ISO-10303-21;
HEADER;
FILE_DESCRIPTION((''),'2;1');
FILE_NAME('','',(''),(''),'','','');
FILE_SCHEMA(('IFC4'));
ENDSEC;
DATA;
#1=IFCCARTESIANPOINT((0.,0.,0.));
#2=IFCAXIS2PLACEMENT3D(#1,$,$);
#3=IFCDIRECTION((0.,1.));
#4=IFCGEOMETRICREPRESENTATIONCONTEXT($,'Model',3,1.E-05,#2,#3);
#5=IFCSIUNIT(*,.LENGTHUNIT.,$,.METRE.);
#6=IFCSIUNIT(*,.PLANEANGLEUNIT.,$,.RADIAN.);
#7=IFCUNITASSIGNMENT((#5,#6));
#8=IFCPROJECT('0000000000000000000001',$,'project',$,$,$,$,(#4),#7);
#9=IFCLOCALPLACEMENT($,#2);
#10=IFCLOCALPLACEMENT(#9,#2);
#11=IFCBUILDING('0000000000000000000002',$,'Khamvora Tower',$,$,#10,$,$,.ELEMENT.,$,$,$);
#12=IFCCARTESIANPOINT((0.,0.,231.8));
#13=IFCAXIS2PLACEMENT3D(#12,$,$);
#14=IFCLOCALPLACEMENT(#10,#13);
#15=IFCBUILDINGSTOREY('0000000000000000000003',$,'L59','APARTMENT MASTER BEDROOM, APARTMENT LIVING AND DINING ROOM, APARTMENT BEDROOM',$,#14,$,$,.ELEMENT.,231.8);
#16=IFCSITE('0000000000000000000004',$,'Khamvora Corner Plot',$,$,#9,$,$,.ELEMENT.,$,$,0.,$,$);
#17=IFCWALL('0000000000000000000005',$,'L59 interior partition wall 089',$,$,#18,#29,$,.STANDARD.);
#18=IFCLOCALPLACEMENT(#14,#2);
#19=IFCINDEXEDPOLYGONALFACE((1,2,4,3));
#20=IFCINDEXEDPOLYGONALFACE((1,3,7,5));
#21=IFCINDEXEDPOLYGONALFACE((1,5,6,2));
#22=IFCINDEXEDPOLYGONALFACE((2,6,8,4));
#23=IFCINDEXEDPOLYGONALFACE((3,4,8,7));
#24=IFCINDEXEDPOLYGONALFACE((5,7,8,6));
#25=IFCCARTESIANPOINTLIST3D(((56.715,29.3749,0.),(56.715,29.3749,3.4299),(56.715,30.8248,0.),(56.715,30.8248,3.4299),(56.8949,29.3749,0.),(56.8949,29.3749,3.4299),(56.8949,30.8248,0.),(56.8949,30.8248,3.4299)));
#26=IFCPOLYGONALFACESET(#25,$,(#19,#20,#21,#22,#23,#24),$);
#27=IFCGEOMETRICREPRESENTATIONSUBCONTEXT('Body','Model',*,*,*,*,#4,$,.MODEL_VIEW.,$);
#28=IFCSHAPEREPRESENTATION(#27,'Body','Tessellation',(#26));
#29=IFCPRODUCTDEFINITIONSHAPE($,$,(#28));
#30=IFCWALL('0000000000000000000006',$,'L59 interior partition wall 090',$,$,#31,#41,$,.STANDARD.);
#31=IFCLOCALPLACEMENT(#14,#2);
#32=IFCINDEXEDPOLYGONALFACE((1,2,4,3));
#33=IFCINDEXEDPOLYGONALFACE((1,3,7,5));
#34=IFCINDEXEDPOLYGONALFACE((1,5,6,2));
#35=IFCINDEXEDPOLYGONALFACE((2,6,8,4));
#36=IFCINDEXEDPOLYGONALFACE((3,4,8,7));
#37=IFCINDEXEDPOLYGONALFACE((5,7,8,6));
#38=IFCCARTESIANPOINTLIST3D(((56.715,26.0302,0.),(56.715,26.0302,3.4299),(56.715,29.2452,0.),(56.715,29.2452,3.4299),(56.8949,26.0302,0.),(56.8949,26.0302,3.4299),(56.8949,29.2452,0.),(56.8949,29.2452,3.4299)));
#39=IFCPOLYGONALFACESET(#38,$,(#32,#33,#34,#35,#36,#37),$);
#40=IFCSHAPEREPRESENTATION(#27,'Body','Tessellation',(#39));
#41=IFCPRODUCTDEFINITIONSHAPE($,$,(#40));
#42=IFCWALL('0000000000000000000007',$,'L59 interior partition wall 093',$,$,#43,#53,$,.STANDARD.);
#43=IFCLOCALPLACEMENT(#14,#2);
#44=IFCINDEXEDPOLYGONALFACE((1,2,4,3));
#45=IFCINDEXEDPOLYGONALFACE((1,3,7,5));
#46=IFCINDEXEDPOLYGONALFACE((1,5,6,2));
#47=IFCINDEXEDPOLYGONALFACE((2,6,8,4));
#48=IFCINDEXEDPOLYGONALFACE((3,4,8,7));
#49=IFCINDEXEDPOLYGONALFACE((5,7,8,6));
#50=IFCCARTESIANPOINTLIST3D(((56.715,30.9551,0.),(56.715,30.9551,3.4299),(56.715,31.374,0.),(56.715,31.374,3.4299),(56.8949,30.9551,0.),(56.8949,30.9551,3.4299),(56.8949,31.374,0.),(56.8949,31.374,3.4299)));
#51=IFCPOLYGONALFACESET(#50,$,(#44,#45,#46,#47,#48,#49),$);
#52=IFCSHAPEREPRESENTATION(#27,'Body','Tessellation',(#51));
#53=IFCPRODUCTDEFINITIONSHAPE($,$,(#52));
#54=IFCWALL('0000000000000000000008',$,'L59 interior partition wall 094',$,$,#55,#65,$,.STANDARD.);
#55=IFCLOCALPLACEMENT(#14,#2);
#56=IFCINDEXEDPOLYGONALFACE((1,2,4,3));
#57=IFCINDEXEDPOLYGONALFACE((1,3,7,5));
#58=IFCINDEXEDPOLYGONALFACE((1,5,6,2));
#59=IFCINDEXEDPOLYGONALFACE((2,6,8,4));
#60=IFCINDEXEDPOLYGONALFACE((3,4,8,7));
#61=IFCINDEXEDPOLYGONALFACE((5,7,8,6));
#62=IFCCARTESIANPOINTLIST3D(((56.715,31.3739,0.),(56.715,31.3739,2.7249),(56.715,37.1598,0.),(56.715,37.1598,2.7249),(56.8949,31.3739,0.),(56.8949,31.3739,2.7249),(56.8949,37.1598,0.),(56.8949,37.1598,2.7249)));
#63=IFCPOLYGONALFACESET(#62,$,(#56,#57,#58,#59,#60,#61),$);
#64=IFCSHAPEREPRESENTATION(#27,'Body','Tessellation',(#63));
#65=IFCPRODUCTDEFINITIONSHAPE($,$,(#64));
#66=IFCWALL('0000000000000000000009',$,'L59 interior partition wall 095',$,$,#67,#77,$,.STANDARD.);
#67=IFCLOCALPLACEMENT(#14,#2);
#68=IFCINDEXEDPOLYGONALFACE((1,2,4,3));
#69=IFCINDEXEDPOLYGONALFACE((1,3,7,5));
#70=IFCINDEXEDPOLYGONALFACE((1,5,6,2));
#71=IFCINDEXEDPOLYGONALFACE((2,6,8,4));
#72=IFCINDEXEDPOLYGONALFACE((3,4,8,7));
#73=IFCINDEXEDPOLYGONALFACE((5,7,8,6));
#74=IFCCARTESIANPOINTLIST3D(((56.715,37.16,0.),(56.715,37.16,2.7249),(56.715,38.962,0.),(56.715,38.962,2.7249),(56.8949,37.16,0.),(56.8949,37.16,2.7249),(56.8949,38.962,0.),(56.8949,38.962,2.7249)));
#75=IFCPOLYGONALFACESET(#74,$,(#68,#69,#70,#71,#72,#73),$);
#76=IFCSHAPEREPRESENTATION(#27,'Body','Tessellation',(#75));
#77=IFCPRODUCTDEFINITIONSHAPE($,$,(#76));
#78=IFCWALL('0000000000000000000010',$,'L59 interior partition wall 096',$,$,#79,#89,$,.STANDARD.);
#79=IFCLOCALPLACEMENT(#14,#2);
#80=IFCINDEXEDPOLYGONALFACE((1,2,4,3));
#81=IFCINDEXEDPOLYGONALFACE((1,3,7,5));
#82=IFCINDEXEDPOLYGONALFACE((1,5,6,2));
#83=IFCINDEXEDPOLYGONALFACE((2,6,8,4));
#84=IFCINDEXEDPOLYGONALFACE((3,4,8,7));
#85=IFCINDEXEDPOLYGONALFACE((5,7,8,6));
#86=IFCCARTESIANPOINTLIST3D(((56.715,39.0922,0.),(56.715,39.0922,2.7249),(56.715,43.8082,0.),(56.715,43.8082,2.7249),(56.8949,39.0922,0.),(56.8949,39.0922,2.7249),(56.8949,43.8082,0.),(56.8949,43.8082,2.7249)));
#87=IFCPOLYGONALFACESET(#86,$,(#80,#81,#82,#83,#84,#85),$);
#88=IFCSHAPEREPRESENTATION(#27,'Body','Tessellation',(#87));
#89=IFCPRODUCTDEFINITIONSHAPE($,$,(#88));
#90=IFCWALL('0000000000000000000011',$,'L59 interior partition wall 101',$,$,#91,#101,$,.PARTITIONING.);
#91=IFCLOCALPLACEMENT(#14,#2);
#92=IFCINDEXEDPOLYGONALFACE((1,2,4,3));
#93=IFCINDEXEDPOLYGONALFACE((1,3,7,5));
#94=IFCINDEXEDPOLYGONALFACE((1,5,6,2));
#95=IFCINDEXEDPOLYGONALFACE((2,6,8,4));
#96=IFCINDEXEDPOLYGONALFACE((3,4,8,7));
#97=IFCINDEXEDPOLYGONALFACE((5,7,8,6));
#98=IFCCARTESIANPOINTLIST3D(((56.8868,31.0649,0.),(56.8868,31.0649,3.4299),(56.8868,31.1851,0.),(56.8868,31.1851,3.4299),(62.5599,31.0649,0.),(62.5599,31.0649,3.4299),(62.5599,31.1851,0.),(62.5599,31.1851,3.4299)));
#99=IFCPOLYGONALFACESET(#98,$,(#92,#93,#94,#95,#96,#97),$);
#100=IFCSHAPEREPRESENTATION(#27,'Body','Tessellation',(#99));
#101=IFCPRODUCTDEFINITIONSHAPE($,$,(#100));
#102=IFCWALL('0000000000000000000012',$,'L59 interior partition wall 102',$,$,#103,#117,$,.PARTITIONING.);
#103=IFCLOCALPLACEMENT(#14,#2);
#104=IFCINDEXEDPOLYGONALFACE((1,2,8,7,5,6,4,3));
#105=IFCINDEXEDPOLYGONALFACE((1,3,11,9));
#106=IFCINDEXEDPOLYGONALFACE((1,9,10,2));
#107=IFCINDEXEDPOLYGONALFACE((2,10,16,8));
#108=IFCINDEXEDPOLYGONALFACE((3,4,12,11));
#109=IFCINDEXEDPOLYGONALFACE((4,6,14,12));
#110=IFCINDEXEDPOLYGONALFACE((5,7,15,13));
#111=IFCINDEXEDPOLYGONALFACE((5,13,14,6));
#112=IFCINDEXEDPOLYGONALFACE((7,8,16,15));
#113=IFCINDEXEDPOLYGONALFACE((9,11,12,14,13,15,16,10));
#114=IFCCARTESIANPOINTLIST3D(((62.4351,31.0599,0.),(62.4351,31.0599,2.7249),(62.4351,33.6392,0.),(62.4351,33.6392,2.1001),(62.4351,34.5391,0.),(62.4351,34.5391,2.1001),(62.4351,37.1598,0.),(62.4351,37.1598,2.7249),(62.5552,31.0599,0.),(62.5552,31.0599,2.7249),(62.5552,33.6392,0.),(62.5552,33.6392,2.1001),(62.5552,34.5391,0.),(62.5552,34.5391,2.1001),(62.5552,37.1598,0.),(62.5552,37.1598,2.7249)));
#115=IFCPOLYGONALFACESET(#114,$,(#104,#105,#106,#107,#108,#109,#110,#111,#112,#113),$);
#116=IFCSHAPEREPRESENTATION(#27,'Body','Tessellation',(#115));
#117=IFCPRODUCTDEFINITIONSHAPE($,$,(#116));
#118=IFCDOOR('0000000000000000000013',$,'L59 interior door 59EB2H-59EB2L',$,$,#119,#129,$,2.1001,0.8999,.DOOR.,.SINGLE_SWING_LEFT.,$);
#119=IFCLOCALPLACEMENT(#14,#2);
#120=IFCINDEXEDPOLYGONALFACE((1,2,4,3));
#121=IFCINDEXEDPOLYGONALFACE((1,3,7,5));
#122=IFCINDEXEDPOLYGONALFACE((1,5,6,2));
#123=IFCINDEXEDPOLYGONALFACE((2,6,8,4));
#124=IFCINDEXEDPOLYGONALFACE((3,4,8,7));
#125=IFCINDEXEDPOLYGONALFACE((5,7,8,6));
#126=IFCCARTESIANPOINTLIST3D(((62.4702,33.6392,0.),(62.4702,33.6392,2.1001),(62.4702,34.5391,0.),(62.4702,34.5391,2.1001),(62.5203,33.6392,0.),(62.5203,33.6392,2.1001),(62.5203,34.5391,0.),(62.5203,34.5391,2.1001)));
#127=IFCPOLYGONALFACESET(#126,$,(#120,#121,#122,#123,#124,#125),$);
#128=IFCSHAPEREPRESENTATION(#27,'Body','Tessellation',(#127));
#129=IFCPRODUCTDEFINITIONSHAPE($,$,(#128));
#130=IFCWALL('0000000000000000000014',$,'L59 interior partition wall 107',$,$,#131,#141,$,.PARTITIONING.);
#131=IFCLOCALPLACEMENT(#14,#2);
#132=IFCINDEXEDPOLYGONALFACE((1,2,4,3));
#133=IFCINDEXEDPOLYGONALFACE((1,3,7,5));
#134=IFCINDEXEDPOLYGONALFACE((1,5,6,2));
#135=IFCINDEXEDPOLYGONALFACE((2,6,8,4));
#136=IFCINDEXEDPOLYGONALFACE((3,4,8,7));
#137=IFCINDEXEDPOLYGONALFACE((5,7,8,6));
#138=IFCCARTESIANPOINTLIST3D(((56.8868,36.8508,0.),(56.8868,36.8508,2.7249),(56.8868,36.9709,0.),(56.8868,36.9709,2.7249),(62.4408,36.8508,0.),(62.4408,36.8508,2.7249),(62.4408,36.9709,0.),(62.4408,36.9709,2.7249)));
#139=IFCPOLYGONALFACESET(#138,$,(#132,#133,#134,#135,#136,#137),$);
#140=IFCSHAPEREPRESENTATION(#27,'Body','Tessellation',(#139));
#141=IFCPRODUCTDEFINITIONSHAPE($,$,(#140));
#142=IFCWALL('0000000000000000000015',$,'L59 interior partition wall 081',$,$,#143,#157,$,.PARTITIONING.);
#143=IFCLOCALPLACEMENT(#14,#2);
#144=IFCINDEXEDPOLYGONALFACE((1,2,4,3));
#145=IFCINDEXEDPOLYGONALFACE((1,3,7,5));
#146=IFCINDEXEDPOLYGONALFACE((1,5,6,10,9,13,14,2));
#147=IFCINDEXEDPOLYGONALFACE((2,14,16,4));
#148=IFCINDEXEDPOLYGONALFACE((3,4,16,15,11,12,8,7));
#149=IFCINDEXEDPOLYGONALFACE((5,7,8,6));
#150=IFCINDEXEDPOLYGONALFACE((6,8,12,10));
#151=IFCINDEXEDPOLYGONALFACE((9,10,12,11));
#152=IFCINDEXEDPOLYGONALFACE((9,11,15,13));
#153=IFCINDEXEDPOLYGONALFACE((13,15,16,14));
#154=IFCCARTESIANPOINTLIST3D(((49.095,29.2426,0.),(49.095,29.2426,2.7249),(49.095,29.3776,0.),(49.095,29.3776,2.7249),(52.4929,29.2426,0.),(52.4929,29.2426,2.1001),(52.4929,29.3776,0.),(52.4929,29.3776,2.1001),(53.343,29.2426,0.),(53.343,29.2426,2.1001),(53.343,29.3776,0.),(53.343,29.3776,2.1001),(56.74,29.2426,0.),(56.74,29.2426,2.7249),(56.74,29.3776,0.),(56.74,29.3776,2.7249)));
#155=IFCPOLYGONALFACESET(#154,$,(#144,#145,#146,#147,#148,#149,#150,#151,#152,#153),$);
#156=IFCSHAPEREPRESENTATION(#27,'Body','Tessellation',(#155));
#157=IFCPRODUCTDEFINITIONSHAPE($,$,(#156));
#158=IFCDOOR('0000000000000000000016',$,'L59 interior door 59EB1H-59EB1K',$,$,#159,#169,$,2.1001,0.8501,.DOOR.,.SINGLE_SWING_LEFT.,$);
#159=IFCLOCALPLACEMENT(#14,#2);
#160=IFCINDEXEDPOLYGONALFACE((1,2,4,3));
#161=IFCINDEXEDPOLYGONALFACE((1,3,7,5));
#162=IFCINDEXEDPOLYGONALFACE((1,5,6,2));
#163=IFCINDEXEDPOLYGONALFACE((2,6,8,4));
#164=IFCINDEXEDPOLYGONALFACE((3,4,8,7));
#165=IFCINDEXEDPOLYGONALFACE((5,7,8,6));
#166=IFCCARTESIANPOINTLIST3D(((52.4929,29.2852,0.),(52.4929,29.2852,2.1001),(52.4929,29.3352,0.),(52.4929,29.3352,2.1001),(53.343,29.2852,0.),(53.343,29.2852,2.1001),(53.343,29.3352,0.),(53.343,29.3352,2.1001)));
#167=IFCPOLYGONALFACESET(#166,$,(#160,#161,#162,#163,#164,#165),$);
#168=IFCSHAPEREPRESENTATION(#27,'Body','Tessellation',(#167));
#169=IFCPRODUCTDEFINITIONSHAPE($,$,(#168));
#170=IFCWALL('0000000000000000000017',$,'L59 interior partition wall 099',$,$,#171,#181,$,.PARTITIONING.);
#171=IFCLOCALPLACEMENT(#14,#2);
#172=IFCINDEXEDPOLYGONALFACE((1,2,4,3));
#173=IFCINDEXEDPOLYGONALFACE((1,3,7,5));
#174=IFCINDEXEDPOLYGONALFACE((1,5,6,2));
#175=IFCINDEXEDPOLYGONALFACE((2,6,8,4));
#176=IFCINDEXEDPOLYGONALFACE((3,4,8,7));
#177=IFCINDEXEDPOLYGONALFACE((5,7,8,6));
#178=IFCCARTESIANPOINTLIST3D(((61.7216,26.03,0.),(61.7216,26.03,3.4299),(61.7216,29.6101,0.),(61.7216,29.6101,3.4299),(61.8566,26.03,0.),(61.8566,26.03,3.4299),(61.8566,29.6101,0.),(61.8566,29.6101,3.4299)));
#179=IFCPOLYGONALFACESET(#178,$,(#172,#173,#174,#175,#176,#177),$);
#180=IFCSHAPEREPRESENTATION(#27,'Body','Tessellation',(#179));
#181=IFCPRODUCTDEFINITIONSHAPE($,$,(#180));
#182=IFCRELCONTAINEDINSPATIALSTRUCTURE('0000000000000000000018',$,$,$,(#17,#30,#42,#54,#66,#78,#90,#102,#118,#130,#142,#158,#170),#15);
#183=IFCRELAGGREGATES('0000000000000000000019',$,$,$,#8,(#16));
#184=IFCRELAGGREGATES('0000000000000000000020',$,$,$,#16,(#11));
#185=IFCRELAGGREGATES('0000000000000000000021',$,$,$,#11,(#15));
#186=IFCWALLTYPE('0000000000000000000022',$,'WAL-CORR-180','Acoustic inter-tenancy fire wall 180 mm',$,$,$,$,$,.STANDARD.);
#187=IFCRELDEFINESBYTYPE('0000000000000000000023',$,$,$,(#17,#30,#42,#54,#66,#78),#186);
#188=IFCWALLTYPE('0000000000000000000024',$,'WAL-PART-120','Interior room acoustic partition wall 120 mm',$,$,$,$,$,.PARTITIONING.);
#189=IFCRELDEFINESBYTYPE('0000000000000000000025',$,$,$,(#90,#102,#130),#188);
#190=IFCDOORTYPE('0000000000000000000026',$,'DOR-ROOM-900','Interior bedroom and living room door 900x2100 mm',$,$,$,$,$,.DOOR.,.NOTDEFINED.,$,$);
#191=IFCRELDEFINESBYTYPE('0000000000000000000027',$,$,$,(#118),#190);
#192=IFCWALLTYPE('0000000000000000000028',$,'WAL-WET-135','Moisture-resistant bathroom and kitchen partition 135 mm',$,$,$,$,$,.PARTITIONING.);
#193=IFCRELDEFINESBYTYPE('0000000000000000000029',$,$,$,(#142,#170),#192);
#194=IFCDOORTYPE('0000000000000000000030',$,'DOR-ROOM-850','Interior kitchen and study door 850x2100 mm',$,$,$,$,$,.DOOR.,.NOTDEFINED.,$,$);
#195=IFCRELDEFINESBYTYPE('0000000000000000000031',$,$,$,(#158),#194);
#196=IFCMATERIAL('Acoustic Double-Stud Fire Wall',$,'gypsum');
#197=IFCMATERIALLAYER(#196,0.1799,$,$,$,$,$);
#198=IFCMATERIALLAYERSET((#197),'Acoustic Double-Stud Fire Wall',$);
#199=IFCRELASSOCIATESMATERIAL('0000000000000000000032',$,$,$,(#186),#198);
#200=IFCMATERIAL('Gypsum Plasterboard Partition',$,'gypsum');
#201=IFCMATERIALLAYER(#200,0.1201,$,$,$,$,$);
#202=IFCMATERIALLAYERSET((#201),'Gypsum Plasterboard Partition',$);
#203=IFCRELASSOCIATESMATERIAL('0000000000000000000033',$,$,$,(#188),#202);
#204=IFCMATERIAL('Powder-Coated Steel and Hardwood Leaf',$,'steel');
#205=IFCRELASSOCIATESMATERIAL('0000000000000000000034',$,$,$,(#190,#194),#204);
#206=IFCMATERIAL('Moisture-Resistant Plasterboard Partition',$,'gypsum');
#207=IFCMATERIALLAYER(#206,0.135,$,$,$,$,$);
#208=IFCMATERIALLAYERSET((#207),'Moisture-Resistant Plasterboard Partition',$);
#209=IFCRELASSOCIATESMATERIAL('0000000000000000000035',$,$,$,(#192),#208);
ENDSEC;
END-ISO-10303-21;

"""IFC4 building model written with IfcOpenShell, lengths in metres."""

from ifc_helpers import new_model, si_unit, direction, frame, frame_2d, origin, place, context, subcontext, project, spatial, rectangle, extrude, material, layer, layer_set, type_object, element, fill, save


model = new_model("IFC4")

# Units and contexts
model_context = context("Model", 3, precision=1e-05, world=origin(), true_north=direction((0.0, 1.0)))
body_context = subcontext(model_context, "Body", "Model", "MODEL_VIEW")
ifc_project = project(units=[si_unit("LENGTHUNIT", "METRE"), si_unit("PLANEANGLEUNIT", "RADIAN")], contexts=[model_context])

# Site, building, storey
site_placement = place(None, origin())
site = spatial("IfcSite", under=ifc_project, at=site_placement, Name="Khamvora Corner Plot", CompositionType="ELEMENT", RefElevation=0.0)
building_placement = place(site_placement, origin())
building = spatial("IfcBuilding", under=site, at=building_placement, Name="Khamvora Tower", CompositionType="ELEMENT")
storey_placement = place(building_placement, frame((0.0, 0.0, 231.8)))
storey = spatial("IfcBuildingStorey", under=building, at=storey_placement, Name="L59", Description="APARTMENT MASTER BEDROOM, APARTMENT LIVING AND DINING ROOM, APARTMENT BEDROOM", CompositionType="ELEMENT", Elevation=231.8)

# Walls
ifc_material_1 = material(Name="Acoustic Double-Stud Fire Wall", Category="gypsum")
ifc_layer_1 = layer(ifc_material_1, 0.1799)
ifc_layer_set_1 = layer_set([ifc_layer_1], Name="Acoustic Double-Stud Fire Wall")
wall_type_1 = type_object("IfcWallType", Name="WAL-CORR-180", Description="Acoustic inter-tenancy fire wall 180 mm", PredefinedType="STANDARD", material=ifc_layer_set_1)
wall_1_placement = place(storey_placement, frame((56.8049, 30.825, 0.0), z_axis=(0.0, 0.0, 1.0), x_axis=(0.0, -1.0, 0.0)))
element("IfcWall", 1, at=wall_1_placement, inside=storey, type_object=wall_type_1, Name="L59 interior partition wall 089", PredefinedType="STANDARD", context=body_context, shape_type="SweptSolid", body=[
    extrude(rectangle(XDim=1.45, YDim=0.1799, at=frame_2d((0.7251, 0.0))), origin(), (0.0, 0.0, 1.0), 3.4299),
])
wall_2_placement = place(storey_placement, frame((56.8049, 29.2451, 0.0), z_axis=(0.0, 0.0, 1.0), x_axis=(0.0, -1.0, 0.0)))
element("IfcWall", 2, at=wall_2_placement, inside=storey, type_object=wall_type_1, Name="L59 interior partition wall 090", PredefinedType="STANDARD", context=body_context, shape_type="SweptSolid", body=[
    extrude(rectangle(XDim=3.2151, YDim=0.1799, at=frame_2d((1.6074, 0.0))), origin(), (0.0, 0.0, 1.0), 3.4299),
])
wall_3_placement = place(storey_placement, frame((56.8049, 31.374, 0.0), z_axis=(0.0, 0.0, 1.0), x_axis=(0.0, -1.0, 0.0)))
element("IfcWall", 3, at=wall_3_placement, inside=storey, type_object=wall_type_1, Name="L59 interior partition wall 093", PredefinedType="STANDARD", context=body_context, shape_type="SweptSolid", body=[
    extrude(rectangle(XDim=0.4189, YDim=0.1799, at=frame_2d((0.2095, 0.0))), origin(), (0.0, 0.0, 1.0), 3.4299),
])
wall_4_placement = place(storey_placement, frame((56.8049, 37.1599, 0.0), z_axis=(0.0, 0.0, 1.0), x_axis=(0.0, -1.0, 0.0)))
element("IfcWall", 4, at=wall_4_placement, inside=storey, type_object=wall_type_1, Name="L59 interior partition wall 094", PredefinedType="STANDARD", context=body_context, shape_type="SweptSolid", body=[
    extrude(rectangle(XDim=5.7859, YDim=0.1799, at=frame_2d((2.8931, 0.0))), origin(), (0.0, 0.0, 1.0), 2.7249),
])
wall_5_placement = place(storey_placement, frame((56.8049, 38.9619, 0.0), z_axis=(0.0, 0.0, 1.0), x_axis=(0.0, -1.0, 0.0)))
element("IfcWall", 5, at=wall_5_placement, inside=storey, type_object=wall_type_1, Name="L59 interior partition wall 095", PredefinedType="STANDARD", context=body_context, shape_type="SweptSolid", body=[
    extrude(rectangle(XDim=1.802, YDim=0.1799, at=frame_2d((0.9009, 0.0))), origin(), (0.0, 0.0, 1.0), 2.7249),
])
wall_6_placement = place(storey_placement, frame((56.8049, 43.8081, 0.0), z_axis=(0.0, 0.0, 1.0), x_axis=(0.0, -1.0, 0.0)))
element("IfcWall", 6, at=wall_6_placement, inside=storey, type_object=wall_type_1, Name="L59 interior partition wall 096", PredefinedType="STANDARD", context=body_context, shape_type="SweptSolid", body=[
    extrude(rectangle(XDim=4.7161, YDim=0.1799, at=frame_2d((2.3579, 0.0))), origin(), (0.0, 0.0, 1.0), 2.7249),
])
ifc_material_2 = material(Name="Gypsum Plasterboard Partition", Category="gypsum")
ifc_layer_2 = layer(ifc_material_2, 0.1201)
ifc_layer_set_2 = layer_set([ifc_layer_2], Name="Gypsum Plasterboard Partition")
wall_type_2 = type_object("IfcWallType", Name="WAL-PART-120", Description="Interior room acoustic partition wall 120 mm", PredefinedType="PARTITIONING", material=ifc_layer_set_2)
wall_7_placement = place(storey_placement, frame((56.887, 31.125, 0.0), z_axis=(0.0, 0.0, 1.0), x_axis=(1.0, 0.0, 0.0)))
element("IfcWall", 7, at=wall_7_placement, inside=storey, type_object=wall_type_2, Name="L59 interior partition wall 101", PredefinedType="PARTITIONING", context=body_context, shape_type="SweptSolid", body=[
    extrude(rectangle(XDim=5.6731, YDim=0.1201, at=frame_2d((2.8364, 0.0))), origin(), (0.0, 0.0, 1.0), 3.4299),
])

# Wall, opening, door
wall_8_placement = place(storey_placement, frame((62.4951, 31.0601, 0.0), z_axis=(0.0, 0.0, 1.0), x_axis=(0.0, 1.0, 0.0)))
wall_8 = element("IfcWall", 8, at=wall_8_placement, inside=storey, type_object=wall_type_2, Name="L59 interior partition wall 102", PredefinedType="PARTITIONING", context=body_context, shape_type="SweptSolid", body=[
    extrude(rectangle(XDim=6.0999, YDim=0.1201, at=frame_2d((3.0498, 0.0))), origin(), (0.0, 0.0, 1.0), 2.7249),
])
opening_1_placement = place(wall_8_placement, frame((2.5791, 0.0, 0.0)))
opening_1 = element("IfcOpeningElement", 9, at=opening_1_placement, cuts=wall_8, PredefinedType="OPENING", context=body_context, shape_type="SweptSolid", body=[
    extrude(rectangle(XDim=0.8999, YDim=2.1001, at=frame_2d((0.45, 1.05))), frame((0.0, 0.0701, 0.0), z_axis=(0.0, -1.0, 0.0), x_axis=(1.0, 0.0, 0.0)), (0.0, 0.0, 1.0), 0.1401),
])
ifc_material_3 = material(Name="Powder-Coated Steel and Hardwood Leaf", Category="steel")
door_type_1 = type_object("IfcDoorType", Name="DOR-ROOM-900", Description="Interior bedroom and living room door 900x2100 mm", OperationType="NOTDEFINED", PredefinedType="DOOR", material=ifc_material_3)
door_1_placement = place(opening_1_placement, origin())
door_1 = element("IfcDoor", 10, at=door_1_placement, inside=storey, type_object=door_type_1, Name="L59 interior door 59EB2H-59EB2L", OperationType="SINGLE_SWING_LEFT", OverallHeight=2.1001, OverallWidth=0.8999, PredefinedType="DOOR", context=body_context, shape_type="SweptSolid", body=[
    extrude(rectangle(XDim=0.8999, YDim=2.1001, at=frame_2d((0.45, 1.05))), frame((0.0, 0.0249, 0.0), z_axis=(0.0, -1.0, 0.0), x_axis=(1.0, 0.0, 0.0)), (0.0, 0.0, 1.0), 0.05),
])
fill(opening_1, door_1)

# Wall
wall_9_placement = place(storey_placement, frame((56.887, 36.9109, 0.0), z_axis=(0.0, 0.0, 1.0), x_axis=(1.0, 0.0, 0.0)))
element("IfcWall", 11, at=wall_9_placement, inside=storey, type_object=wall_type_2, Name="L59 interior partition wall 107", PredefinedType="PARTITIONING", context=body_context, shape_type="SweptSolid", body=[
    extrude(rectangle(XDim=5.554, YDim=0.1201, at=frame_2d((2.7769, 0.0))), origin(), (0.0, 0.0, 1.0), 2.7249),
])

# Wall, opening, door
ifc_material_4 = material(Name="Moisture-Resistant Plasterboard Partition", Category="gypsum")
ifc_layer_3 = layer(ifc_material_4, 0.135)
ifc_layer_set_3 = layer_set([ifc_layer_3], Name="Moisture-Resistant Plasterboard Partition")
wall_type_3 = type_object("IfcWallType", Name="WAL-WET-135", Description="Moisture-resistant bathroom and kitchen partition 135 mm", PredefinedType="PARTITIONING", material=ifc_layer_set_3)
wall_10_placement = place(storey_placement, frame((56.74, 29.3101, 0.0), z_axis=(0.0, 0.0, 1.0), x_axis=(-1.0, 0.0, 0.0)))
wall_10 = element("IfcWall", 12, at=wall_10_placement, inside=storey, type_object=wall_type_3, Name="L59 interior partition wall 081", PredefinedType="PARTITIONING", context=body_context, shape_type="SweptSolid", body=[
    extrude(rectangle(XDim=7.645, YDim=0.135, at=frame_2d((3.8225, 0.0))), origin(), (0.0, 0.0, 1.0), 2.7249),
])
opening_2_placement = place(wall_10_placement, frame((3.397, 0.0, 0.0)))
opening_2 = element("IfcOpeningElement", 13, at=opening_2_placement, cuts=wall_10, PredefinedType="OPENING", context=body_context, shape_type="SweptSolid", body=[
    extrude(rectangle(XDim=0.8501, YDim=2.1001, at=frame_2d((0.425, 1.05))), frame((0.0, 0.0774, 0.0), z_axis=(0.0, -1.0, 0.0), x_axis=(1.0, 0.0, 0.0)), (0.0, 0.0, 1.0), 0.155),
])
door_type_2 = type_object("IfcDoorType", Name="DOR-ROOM-850", Description="Interior kitchen and study door 850x2100 mm", OperationType="NOTDEFINED", PredefinedType="DOOR", material=ifc_material_3)
door_2_placement = place(opening_2_placement, origin())
door_2 = element("IfcDoor", 14, at=door_2_placement, inside=storey, type_object=door_type_2, Name="L59 interior door 59EB1H-59EB1K", OperationType="SINGLE_SWING_LEFT", OverallHeight=2.1001, OverallWidth=0.8501, PredefinedType="DOOR", context=body_context, shape_type="SweptSolid", body=[
    extrude(rectangle(XDim=0.8501, YDim=2.1001, at=frame_2d((0.425, 1.05))), frame((0.0, 0.0249, 0.0), z_axis=(0.0, -1.0, 0.0), x_axis=(1.0, 0.0, 0.0)), (0.0, 0.0, 1.0), 0.05),
])
fill(opening_2, door_2)

# Wall
wall_11_placement = place(storey_placement, frame((61.7891, 26.03, 0.0), z_axis=(0.0, 0.0, 1.0), x_axis=(0.0, 1.0, 0.0)))
element("IfcWall", 15, at=wall_11_placement, inside=storey, type_object=wall_type_3, Name="L59 interior partition wall 099", PredefinedType="PARTITIONING", context=body_context, shape_type="SweptSolid", body=[
    extrude(rectangle(XDim=3.5801, YDim=0.135, at=frame_2d((1.79, 0.0))), origin(), (0.0, 0.0, 1.0), 3.4299),
])

save(model, "model.ifc")
